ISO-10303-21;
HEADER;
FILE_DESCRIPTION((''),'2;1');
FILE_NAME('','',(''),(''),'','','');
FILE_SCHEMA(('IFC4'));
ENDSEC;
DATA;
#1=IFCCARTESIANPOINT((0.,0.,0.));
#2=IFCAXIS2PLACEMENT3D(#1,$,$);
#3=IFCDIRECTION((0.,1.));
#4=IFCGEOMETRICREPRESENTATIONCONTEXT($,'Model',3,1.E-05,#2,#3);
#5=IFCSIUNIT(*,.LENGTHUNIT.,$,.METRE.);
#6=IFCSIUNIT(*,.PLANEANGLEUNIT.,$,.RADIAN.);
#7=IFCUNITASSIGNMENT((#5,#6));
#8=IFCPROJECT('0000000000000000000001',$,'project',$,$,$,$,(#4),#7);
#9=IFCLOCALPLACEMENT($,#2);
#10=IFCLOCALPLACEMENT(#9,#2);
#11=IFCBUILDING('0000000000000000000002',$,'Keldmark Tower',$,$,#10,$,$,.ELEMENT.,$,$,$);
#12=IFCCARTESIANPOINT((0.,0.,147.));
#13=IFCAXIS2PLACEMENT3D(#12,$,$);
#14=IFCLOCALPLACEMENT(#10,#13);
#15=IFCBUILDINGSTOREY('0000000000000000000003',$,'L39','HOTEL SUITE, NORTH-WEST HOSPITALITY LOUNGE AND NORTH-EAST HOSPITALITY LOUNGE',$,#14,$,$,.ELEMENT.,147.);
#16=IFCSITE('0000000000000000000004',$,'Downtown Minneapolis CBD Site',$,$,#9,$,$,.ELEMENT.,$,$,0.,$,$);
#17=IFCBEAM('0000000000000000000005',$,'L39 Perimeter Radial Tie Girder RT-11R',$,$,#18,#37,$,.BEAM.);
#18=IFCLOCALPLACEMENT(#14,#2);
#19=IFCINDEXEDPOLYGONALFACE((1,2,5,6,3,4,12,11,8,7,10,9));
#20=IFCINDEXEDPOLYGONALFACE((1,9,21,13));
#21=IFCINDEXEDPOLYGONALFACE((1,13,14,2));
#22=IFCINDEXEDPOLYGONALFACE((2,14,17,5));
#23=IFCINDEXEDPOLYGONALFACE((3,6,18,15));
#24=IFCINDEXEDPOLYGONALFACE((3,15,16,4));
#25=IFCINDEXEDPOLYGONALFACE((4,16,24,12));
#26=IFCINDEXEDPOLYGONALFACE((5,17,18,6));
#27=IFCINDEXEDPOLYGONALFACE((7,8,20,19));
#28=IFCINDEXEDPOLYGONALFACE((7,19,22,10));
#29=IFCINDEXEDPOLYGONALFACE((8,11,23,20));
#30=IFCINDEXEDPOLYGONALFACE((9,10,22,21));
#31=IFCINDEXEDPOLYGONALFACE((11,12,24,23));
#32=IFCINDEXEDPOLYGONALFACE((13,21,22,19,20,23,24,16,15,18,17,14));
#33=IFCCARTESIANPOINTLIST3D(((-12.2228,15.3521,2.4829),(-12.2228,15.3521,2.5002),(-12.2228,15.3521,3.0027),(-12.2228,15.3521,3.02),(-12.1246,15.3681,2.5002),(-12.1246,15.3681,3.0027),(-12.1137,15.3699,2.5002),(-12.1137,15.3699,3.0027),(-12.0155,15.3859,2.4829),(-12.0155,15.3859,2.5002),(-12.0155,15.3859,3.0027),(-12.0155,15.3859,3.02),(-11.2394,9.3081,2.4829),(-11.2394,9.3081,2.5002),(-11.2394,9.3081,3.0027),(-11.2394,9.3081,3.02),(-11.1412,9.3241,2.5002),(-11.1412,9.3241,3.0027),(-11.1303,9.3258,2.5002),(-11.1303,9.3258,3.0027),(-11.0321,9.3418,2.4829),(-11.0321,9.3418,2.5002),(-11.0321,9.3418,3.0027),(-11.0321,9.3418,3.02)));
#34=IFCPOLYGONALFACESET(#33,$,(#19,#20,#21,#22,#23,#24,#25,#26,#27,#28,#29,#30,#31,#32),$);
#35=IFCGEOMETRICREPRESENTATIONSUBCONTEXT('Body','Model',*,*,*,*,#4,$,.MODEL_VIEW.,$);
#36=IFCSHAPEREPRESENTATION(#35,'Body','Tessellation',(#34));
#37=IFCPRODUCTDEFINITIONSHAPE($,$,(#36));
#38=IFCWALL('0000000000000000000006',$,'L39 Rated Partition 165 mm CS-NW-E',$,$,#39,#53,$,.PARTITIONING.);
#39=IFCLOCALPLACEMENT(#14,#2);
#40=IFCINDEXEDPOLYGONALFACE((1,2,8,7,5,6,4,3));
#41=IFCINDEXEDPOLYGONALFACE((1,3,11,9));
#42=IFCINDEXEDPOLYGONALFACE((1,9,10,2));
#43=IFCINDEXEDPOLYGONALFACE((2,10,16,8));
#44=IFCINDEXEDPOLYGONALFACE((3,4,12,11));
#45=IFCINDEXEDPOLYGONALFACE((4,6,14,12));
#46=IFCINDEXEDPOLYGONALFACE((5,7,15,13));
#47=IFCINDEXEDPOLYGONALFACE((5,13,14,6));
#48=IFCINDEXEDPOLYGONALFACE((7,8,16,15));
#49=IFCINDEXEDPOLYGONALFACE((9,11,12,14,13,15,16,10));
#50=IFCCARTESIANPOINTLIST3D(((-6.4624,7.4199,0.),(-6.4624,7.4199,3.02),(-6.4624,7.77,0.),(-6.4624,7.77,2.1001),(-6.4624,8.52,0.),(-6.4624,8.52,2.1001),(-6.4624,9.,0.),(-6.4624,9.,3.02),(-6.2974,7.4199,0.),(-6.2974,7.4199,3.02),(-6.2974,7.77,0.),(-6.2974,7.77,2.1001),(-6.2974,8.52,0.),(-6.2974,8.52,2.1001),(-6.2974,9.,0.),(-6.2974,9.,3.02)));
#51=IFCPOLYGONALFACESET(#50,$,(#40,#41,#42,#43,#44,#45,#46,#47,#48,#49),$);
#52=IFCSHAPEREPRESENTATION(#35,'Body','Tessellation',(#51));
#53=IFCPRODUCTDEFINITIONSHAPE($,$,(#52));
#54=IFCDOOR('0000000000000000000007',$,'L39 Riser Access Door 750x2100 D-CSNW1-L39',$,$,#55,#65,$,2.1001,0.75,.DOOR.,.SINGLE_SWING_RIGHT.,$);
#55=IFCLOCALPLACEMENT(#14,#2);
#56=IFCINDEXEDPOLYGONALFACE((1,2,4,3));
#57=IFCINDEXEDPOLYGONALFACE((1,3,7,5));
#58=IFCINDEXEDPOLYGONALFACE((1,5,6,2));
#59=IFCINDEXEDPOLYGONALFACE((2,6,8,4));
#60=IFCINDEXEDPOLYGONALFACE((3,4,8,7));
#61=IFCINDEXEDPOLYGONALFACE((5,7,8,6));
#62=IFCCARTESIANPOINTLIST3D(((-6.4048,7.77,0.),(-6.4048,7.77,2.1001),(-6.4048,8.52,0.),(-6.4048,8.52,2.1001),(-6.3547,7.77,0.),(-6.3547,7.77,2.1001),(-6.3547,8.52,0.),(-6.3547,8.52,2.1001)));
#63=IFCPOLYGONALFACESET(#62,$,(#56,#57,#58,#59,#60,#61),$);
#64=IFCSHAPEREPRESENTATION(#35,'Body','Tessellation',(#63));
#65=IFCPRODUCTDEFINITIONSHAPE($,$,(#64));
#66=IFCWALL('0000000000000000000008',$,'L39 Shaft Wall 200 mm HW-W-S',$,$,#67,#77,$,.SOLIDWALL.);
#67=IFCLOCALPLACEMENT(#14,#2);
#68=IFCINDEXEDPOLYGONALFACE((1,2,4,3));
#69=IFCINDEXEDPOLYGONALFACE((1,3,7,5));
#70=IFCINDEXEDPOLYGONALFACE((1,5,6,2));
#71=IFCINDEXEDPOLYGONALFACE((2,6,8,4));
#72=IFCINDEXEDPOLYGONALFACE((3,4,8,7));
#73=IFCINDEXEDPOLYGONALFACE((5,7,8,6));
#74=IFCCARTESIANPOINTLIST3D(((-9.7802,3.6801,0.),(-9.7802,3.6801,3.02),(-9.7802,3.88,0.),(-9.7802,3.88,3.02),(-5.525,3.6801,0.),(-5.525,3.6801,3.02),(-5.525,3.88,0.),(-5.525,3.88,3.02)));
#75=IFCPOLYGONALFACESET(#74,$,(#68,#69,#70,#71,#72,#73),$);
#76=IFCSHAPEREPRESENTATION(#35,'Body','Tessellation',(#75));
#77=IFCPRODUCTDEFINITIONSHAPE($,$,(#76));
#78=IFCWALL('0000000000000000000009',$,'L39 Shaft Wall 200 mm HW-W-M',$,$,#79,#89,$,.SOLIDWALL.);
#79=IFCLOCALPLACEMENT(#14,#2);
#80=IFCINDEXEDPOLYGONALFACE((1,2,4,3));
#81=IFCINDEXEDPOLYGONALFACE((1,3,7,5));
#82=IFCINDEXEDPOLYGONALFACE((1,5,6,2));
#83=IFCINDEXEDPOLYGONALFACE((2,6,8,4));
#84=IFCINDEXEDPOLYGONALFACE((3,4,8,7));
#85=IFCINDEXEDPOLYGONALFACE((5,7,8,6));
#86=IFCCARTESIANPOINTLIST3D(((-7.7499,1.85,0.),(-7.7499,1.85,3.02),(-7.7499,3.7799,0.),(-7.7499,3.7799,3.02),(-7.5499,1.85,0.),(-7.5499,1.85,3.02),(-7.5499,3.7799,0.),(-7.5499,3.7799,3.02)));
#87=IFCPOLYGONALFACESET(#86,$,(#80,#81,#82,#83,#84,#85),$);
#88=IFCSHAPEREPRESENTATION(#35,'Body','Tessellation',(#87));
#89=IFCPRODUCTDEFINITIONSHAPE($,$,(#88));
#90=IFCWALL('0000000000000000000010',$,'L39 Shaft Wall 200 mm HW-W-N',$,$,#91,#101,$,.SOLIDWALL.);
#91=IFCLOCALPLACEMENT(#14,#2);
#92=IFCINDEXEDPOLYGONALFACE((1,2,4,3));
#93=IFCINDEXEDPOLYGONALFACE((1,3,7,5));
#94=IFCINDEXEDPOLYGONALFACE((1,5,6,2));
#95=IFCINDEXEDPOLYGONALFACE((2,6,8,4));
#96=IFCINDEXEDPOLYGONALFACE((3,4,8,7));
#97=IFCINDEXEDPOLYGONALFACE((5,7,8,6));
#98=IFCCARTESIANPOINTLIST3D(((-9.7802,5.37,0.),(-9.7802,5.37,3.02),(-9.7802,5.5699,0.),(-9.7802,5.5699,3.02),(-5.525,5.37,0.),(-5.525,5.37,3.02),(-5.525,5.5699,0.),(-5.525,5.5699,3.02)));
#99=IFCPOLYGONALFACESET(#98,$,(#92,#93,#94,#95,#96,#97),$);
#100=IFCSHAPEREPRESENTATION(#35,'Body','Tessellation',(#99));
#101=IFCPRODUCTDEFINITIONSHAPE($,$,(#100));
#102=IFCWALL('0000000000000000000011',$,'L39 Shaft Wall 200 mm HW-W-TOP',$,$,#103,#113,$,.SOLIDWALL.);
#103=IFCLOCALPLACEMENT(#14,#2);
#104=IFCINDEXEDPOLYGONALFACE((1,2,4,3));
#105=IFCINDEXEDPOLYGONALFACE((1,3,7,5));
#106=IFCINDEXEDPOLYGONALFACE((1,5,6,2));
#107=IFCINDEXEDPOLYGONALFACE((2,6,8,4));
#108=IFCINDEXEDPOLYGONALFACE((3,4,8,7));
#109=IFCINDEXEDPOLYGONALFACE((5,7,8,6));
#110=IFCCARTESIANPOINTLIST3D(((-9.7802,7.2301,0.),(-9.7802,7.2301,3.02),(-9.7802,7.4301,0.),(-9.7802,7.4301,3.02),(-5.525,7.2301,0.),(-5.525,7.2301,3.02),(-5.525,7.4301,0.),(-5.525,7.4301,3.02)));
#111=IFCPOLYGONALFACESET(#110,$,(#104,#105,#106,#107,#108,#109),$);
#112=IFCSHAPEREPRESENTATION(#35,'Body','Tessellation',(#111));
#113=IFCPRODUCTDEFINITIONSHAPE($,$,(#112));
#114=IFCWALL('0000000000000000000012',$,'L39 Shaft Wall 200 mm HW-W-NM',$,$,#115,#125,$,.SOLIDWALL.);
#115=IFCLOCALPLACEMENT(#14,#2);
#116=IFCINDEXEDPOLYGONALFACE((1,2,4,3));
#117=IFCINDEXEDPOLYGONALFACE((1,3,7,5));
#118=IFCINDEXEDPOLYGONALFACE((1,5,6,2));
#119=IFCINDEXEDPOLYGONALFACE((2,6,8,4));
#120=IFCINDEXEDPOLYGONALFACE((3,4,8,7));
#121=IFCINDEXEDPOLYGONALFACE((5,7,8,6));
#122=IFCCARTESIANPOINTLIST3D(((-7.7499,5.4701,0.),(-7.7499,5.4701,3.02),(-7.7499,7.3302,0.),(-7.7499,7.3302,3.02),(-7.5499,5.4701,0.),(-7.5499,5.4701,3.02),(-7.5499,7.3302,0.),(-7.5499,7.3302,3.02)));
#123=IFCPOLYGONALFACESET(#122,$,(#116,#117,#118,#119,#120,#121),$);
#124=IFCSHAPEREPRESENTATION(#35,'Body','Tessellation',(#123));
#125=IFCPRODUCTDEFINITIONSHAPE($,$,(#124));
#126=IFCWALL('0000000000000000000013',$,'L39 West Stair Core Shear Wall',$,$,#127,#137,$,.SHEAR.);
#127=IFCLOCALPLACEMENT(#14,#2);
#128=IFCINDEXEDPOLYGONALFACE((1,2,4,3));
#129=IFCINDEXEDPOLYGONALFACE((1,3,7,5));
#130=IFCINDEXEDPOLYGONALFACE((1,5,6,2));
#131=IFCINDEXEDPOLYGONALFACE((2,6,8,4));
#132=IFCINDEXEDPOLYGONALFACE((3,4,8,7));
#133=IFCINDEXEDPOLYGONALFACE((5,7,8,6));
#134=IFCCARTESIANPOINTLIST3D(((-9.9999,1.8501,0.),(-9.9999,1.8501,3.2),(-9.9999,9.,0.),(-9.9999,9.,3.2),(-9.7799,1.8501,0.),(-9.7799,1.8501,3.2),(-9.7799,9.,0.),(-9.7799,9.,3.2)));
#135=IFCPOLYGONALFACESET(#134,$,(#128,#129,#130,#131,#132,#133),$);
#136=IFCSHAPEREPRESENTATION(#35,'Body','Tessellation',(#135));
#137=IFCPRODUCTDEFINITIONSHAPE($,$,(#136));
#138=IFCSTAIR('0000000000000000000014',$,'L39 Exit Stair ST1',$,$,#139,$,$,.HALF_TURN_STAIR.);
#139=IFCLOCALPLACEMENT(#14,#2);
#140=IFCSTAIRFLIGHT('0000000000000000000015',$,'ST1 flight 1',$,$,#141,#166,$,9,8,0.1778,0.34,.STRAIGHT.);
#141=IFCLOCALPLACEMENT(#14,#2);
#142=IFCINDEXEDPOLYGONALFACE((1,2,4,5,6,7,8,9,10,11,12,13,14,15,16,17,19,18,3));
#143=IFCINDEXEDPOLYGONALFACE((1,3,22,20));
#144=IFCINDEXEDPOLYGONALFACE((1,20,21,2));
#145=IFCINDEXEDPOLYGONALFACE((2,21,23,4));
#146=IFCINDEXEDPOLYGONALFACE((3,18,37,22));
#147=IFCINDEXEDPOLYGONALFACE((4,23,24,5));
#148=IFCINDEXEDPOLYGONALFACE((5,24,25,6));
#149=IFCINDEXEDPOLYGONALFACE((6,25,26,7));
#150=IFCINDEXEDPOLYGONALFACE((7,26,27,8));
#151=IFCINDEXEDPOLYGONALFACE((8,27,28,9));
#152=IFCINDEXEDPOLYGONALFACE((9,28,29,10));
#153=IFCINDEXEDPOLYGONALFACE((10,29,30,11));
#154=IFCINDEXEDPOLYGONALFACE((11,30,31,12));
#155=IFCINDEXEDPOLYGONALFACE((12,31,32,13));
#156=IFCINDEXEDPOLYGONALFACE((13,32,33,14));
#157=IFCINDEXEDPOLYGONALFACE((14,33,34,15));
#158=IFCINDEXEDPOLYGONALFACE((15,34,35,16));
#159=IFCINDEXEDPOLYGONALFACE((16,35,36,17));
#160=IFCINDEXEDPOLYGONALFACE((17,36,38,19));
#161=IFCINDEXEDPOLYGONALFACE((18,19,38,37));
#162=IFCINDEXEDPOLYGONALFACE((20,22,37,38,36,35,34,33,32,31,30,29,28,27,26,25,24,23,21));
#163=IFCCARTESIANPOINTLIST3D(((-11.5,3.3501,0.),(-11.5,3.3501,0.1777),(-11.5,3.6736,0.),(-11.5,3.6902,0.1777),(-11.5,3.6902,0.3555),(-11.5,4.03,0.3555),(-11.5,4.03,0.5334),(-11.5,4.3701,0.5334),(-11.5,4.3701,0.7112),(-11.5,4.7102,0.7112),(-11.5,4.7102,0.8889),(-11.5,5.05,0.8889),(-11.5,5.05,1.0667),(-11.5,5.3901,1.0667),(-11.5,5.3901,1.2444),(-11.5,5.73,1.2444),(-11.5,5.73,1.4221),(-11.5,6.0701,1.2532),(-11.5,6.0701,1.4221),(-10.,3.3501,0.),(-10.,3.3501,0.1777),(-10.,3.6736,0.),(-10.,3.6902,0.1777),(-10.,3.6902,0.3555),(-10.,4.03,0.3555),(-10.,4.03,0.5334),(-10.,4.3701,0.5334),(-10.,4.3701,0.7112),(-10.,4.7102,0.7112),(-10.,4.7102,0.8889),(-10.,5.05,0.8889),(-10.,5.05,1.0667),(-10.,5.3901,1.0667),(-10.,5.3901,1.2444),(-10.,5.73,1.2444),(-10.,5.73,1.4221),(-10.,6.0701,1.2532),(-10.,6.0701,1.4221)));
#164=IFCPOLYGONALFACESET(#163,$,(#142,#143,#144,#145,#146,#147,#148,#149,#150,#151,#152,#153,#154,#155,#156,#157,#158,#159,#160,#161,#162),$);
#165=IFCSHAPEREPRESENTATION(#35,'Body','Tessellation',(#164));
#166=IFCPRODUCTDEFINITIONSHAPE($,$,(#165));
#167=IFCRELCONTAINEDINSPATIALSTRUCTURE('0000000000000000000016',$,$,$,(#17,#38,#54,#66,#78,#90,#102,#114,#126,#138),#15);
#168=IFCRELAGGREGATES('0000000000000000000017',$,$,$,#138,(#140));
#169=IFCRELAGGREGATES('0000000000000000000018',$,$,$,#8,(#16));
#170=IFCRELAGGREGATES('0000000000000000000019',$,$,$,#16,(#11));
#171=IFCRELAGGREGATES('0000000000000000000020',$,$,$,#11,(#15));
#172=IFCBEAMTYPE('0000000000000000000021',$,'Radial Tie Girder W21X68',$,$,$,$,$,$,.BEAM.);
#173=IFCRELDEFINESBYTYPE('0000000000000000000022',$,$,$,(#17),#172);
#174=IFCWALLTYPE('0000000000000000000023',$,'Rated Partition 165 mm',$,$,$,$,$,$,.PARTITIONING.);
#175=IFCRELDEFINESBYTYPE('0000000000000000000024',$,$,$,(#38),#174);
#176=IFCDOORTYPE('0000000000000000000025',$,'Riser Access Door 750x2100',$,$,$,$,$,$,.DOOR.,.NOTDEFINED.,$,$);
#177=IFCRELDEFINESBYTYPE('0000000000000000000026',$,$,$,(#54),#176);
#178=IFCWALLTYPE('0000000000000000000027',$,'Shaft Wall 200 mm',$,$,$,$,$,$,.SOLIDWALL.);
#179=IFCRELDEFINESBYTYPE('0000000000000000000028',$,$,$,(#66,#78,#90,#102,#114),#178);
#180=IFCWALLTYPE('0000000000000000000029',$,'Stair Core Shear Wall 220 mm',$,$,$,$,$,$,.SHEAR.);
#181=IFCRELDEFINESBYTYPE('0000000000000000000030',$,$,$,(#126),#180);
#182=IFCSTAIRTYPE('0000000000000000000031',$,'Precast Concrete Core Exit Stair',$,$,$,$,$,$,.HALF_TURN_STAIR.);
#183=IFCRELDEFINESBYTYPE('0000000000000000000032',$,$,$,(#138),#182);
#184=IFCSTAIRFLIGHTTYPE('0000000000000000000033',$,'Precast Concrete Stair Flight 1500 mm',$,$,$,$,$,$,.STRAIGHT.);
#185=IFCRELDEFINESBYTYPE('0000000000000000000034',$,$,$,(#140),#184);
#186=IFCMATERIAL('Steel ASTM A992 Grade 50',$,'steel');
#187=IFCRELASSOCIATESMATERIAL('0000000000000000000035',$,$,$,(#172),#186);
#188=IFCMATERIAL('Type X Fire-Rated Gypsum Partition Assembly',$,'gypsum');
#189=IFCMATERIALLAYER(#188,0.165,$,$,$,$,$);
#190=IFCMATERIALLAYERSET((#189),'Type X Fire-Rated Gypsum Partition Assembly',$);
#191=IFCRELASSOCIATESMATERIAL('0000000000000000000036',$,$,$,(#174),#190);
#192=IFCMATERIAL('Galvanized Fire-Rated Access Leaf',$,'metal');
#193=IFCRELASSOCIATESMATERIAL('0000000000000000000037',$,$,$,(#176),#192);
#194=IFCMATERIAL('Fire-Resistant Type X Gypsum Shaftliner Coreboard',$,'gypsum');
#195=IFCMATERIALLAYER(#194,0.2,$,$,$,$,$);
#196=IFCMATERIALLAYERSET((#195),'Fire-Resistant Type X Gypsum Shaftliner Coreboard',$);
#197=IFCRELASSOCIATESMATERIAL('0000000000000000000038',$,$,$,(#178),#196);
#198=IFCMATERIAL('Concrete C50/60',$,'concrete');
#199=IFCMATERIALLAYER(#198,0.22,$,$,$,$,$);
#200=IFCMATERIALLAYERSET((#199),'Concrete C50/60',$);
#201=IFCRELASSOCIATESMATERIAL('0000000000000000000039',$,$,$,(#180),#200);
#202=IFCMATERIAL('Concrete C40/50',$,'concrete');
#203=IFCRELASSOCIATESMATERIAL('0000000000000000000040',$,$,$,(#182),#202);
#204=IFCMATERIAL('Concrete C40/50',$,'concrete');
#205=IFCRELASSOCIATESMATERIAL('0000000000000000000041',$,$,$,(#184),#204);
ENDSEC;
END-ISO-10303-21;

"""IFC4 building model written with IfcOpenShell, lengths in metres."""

from ifc_helpers import new_model, si_unit, direction, frame, frame_2d, origin, origin_2d, place, context, subcontext, project, spatial, polyline, rectangle, i_section, outline, extrude, material, layer, layer_set, material_profile, profile_set, type_object, element, fill, aggregate, save


model = new_model("IFC4")

# Units and contexts
model_context = context("Model", 3, precision=1e-05, world=origin(), true_north=direction((0.0, 1.0)))
body_context = subcontext(model_context, "Body", "Model", "MODEL_VIEW")
ifc_project = project(units=[si_unit("LENGTHUNIT", "METRE"), si_unit("PLANEANGLEUNIT", "RADIAN")], contexts=[model_context])

# Site, building, storey
site_placement = place(None, origin())
site = spatial("IfcSite", under=ifc_project, at=site_placement, Name="Downtown Minneapolis CBD Site", CompositionType="ELEMENT", RefElevation=0.0)
building_placement = place(site_placement, origin())
building = spatial("IfcBuilding", under=site, at=building_placement, Name="Keldmark Tower", CompositionType="ELEMENT")
storey_placement = place(building_placement, frame((0.0, 0.0, 147.0)))
storey = spatial("IfcBuildingStorey", under=building, at=storey_placement, Name="L39", Description="HOTEL SUITE, NORTH-WEST HOSPITALITY LOUNGE AND NORTH-EAST HOSPITALITY LOUNGE", CompositionType="ELEMENT", Elevation=147.0)

# Beam
ifc_material_1 = material(Name="Steel ASTM A992 Grade 50", Category="steel")
ifc_material_profile = material_profile(ifc_material_1, i_section(OverallWidth=0.21, OverallDepth=0.5371, WebThickness=0.011, FlangeThickness=0.0173, at=origin_2d()), Name="W21X68")
ifc_profile_set = profile_set([ifc_material_profile], Name="Steel ASTM A992 Grade 50")
beam_type = type_object("IfcBeamType", Name="Radial Tie Girder W21X68", PredefinedType="BEAM", material=ifc_profile_set)
beam_placement = place(storey_placement, frame((-11.1357, 9.325, 2.7515), z_axis=(-0.160596, 0.98702, 0.0), x_axis=(-0.98702, -0.160596, 0.0)))
element("IfcBeam", 1, at=beam_placement, inside=storey, type_object=beam_type, Name="L39 Perimeter Radial Tie Girder RT-11R", PredefinedType="BEAM", context=body_context, shape_type="SweptSolid", body=[
    extrude(i_section(OverallWidth=0.21, OverallDepth=0.5371, WebThickness=0.011, FlangeThickness=0.0173, at=origin_2d()), origin(), (0.0, 0.0, 1.0), 6.1235),
])

# Wall, opening, door
ifc_material_2 = material(Name="Type X Fire-Rated Gypsum Partition Assembly", Category="gypsum")
ifc_layer_1 = layer(ifc_material_2, 0.165)
ifc_layer_set_1 = layer_set([ifc_layer_1], Name="Type X Fire-Rated Gypsum Partition Assembly")
wall_type_1 = type_object("IfcWallType", Name="Rated Partition 165 mm", PredefinedType="PARTITIONING", material=ifc_layer_set_1)
wall_1_placement = place(storey_placement, frame((-6.3799, 7.4199, 0.0), z_axis=(0.0, 0.0, 1.0), x_axis=(0.0, 1.0, 0.0)))
wall_1 = element("IfcWall", 2, at=wall_1_placement, inside=storey, type_object=wall_type_1, Name="L39 Rated Partition 165 mm CS-NW-E", PredefinedType="PARTITIONING", context=body_context, shape_type="SweptSolid", body=[
    extrude(rectangle(XDim=1.5801, YDim=0.165, at=frame_2d((0.79, 0.0))), origin(), (0.0, 0.0, 1.0), 3.02),
])
opening_placement = place(wall_1_placement, frame((0.3501, 0.0, 0.0)))
opening = element("IfcOpeningElement", 3, at=opening_placement, cuts=wall_1, PredefinedType="OPENING", context=body_context, shape_type="SweptSolid", body=[
    extrude(rectangle(XDim=0.75, YDim=2.1001, at=frame_2d((0.375, 1.05))), frame((0.0, 0.0925, 0.0), z_axis=(0.0, -1.0, 0.0), x_axis=(1.0, 0.0, 0.0)), (0.0, 0.0, 1.0), 0.1851),
])
ifc_material_3 = material(Name="Galvanized Fire-Rated Access Leaf", Category="metal")
door_type = type_object("IfcDoorType", Name="Riser Access Door 750x2100", OperationType="NOTDEFINED", PredefinedType="DOOR", material=ifc_material_3)
door_placement = place(opening_placement, origin())
door = element("IfcDoor", 4, at=door_placement, inside=storey, type_object=door_type, Name="L39 Riser Access Door 750x2100 D-CSNW1-L39", OperationType="SINGLE_SWING_RIGHT", OverallHeight=2.1001, OverallWidth=0.75, PredefinedType="DOOR", context=body_context, shape_type="SweptSolid", body=[
    extrude(rectangle(XDim=0.75, YDim=2.1001, at=frame_2d((0.375, 1.05))), frame((0.0, 0.0249, 0.0), z_axis=(0.0, -1.0, 0.0), x_axis=(1.0, 0.0, 0.0)), (0.0, 0.0, 1.0), 0.05),
])
fill(opening, door)

# Walls
ifc_material_4 = material(Name="Fire-Resistant Type X Gypsum Shaftliner Coreboard", Category="gypsum")
ifc_layer_2 = layer(ifc_material_4, 0.2)
ifc_layer_set_2 = layer_set([ifc_layer_2], Name="Fire-Resistant Type X Gypsum Shaftliner Coreboard")
wall_type_2 = type_object("IfcWallType", Name="Shaft Wall 200 mm", PredefinedType="SOLIDWALL", material=ifc_layer_set_2)
wall_2_placement = place(storey_placement, frame((-9.78, 3.78, 0.0), z_axis=(0.0, 0.0, 1.0), x_axis=(1.0, 0.0, 0.0)))
element("IfcWall", 5, at=wall_2_placement, inside=storey, type_object=wall_type_2, Name="L39 Shaft Wall 200 mm HW-W-S", PredefinedType="SOLIDWALL", context=body_context, shape_type="SweptSolid", body=[
    extrude(rectangle(XDim=4.2551, YDim=0.2, at=frame_2d((2.1274, 0.0))), origin(), (0.0, 0.0, 1.0), 3.02),
])
wall_3_placement = place(storey_placement, frame((-7.6499, 1.8501, 0.0), z_axis=(0.0, 0.0, 1.0), x_axis=(0.0, 1.0, 0.0)))
element("IfcWall", 6, at=wall_3_placement, inside=storey, type_object=wall_type_2, Name="L39 Shaft Wall 200 mm HW-W-M", PredefinedType="SOLIDWALL", context=body_context, shape_type="SweptSolid", body=[
    extrude(rectangle(XDim=1.9299, YDim=0.2, at=frame_2d((0.9648, 0.0))), origin(), (0.0, 0.0, 1.0), 3.02),
])
for number, where, z_axis, x_axis, name in (
    (7, (-9.78, 5.47, 0.0), (0.0, 0.0, 1.0), (1.0, 0.0, 0.0), "L39 Shaft Wall 200 mm HW-W-N"),
    (8, (-9.78, 7.3301, 0.0), (0.0, 0.0, 1.0), (1.0, 0.0, 0.0), "L39 Shaft Wall 200 mm HW-W-TOP"),
):
    element("IfcWall", number, at=place(storey_placement, frame(where, z_axis=z_axis, x_axis=x_axis)), inside=storey, type_object=wall_type_2, Name=name, PredefinedType="SOLIDWALL", context=body_context, shape_type="SweptSolid", body=[
        extrude(rectangle(XDim=4.2551, YDim=0.2, at=frame_2d((2.1274, 0.0))), origin(), (0.0, 0.0, 1.0), 3.02),
    ])
wall_4_placement = place(storey_placement, frame((-7.6499, 5.47, 0.0), z_axis=(0.0, 0.0, 1.0), x_axis=(0.0, 1.0, 0.0)))
element("IfcWall", 9, at=wall_4_placement, inside=storey, type_object=wall_type_2, Name="L39 Shaft Wall 200 mm HW-W-NM", PredefinedType="SOLIDWALL", context=body_context, shape_type="SweptSolid", body=[
    extrude(rectangle(XDim=1.8601, YDim=0.2, at=frame_2d((0.9302, 0.0))), origin(), (0.0, 0.0, 1.0), 3.02),
])
ifc_material_5 = material(Name="Concrete C50/60", Category="concrete")
ifc_layer_3 = layer(ifc_material_5, 0.22)
ifc_layer_set_3 = layer_set([ifc_layer_3], Name="Concrete C50/60")
wall_type_3 = type_object("IfcWallType", Name="Stair Core Shear Wall 220 mm", PredefinedType="SHEAR", material=ifc_layer_set_3)
wall_5_placement = place(storey_placement, frame((-9.8899, 1.8501, 0.0), z_axis=(0.0, 0.0, 1.0), x_axis=(0.0, 1.0, 0.0)))
element("IfcWall", 10, at=wall_5_placement, inside=storey, type_object=wall_type_3, Name="L39 West Stair Core Shear Wall", PredefinedType="SHEAR", context=body_context, shape_type="SweptSolid", body=[
    extrude(rectangle(XDim=7.1499, YDim=0.22, at=frame_2d((3.575, 0.0))), origin(), (0.0, 0.0, 1.0), 3.2),
])

# Stair, stair flight
ifc_material_6 = material(Name="Concrete C40/50", Category="concrete")
stair_type = type_object("IfcStairType", Name="Precast Concrete Core Exit Stair", PredefinedType="HALF_TURN_STAIR", material=ifc_material_6)
stair_placement = place(storey_placement, origin())
stair = element("IfcStair", 11, at=stair_placement, inside=storey, type_object=stair_type, Name="L39 Exit Stair ST1", PredefinedType="HALF_TURN_STAIR")
ifc_material_7 = material(Name="Concrete C40/50", Category="concrete")
stair_flight_type = type_object("IfcStairFlightType", Name="Precast Concrete Stair Flight 1500 mm", PredefinedType="STRAIGHT", material=ifc_material_7)
stair_flight_placement = place(storey_placement, frame((-10.75, 3.3501, 0.0), z_axis=(0.0, 0.0, 1.0), x_axis=(0.0, 1.0, 0.0)))
stair_flight = element("IfcStairFlight", 12, at=stair_flight_placement, type_object=stair_flight_type, Name="ST1 flight 1", NumberOfRisers=9, NumberOfTreads=8, PredefinedType="STRAIGHT", RiserHeight=0.1778, TreadLength=0.34, context=body_context, shape_type="SweptSolid", body=[
    extrude(outline(polyline([(0.0, 0.0), (0.0, 0.1777), (0.3401, 0.1777), (0.3401, 0.3555), (0.6799, 0.3555), (0.6799, 0.5334), (1.02, 0.5334), (1.02, 0.7112), (1.3601, 0.7112), (1.3601, 0.8889), (1.7, 0.8889), (1.7, 1.0667), (2.04, 1.0667), (2.04, 1.2444), (2.3799, 1.2444), (2.3799, 1.4221), (2.72, 1.4221), (2.72, 1.6001), (2.72, 1.2532), (0.3235, 0.0), (0.0, 0.0)])), frame((0.0, 0.75, 0.0), z_axis=(0.0, -1.0, 0.0), x_axis=(1.0, 0.0, 0.0)), (0.0, 0.0, 1.0), 1.5),
])
aggregate(stair, [stair_flight])

save(model, "model.ifc")
